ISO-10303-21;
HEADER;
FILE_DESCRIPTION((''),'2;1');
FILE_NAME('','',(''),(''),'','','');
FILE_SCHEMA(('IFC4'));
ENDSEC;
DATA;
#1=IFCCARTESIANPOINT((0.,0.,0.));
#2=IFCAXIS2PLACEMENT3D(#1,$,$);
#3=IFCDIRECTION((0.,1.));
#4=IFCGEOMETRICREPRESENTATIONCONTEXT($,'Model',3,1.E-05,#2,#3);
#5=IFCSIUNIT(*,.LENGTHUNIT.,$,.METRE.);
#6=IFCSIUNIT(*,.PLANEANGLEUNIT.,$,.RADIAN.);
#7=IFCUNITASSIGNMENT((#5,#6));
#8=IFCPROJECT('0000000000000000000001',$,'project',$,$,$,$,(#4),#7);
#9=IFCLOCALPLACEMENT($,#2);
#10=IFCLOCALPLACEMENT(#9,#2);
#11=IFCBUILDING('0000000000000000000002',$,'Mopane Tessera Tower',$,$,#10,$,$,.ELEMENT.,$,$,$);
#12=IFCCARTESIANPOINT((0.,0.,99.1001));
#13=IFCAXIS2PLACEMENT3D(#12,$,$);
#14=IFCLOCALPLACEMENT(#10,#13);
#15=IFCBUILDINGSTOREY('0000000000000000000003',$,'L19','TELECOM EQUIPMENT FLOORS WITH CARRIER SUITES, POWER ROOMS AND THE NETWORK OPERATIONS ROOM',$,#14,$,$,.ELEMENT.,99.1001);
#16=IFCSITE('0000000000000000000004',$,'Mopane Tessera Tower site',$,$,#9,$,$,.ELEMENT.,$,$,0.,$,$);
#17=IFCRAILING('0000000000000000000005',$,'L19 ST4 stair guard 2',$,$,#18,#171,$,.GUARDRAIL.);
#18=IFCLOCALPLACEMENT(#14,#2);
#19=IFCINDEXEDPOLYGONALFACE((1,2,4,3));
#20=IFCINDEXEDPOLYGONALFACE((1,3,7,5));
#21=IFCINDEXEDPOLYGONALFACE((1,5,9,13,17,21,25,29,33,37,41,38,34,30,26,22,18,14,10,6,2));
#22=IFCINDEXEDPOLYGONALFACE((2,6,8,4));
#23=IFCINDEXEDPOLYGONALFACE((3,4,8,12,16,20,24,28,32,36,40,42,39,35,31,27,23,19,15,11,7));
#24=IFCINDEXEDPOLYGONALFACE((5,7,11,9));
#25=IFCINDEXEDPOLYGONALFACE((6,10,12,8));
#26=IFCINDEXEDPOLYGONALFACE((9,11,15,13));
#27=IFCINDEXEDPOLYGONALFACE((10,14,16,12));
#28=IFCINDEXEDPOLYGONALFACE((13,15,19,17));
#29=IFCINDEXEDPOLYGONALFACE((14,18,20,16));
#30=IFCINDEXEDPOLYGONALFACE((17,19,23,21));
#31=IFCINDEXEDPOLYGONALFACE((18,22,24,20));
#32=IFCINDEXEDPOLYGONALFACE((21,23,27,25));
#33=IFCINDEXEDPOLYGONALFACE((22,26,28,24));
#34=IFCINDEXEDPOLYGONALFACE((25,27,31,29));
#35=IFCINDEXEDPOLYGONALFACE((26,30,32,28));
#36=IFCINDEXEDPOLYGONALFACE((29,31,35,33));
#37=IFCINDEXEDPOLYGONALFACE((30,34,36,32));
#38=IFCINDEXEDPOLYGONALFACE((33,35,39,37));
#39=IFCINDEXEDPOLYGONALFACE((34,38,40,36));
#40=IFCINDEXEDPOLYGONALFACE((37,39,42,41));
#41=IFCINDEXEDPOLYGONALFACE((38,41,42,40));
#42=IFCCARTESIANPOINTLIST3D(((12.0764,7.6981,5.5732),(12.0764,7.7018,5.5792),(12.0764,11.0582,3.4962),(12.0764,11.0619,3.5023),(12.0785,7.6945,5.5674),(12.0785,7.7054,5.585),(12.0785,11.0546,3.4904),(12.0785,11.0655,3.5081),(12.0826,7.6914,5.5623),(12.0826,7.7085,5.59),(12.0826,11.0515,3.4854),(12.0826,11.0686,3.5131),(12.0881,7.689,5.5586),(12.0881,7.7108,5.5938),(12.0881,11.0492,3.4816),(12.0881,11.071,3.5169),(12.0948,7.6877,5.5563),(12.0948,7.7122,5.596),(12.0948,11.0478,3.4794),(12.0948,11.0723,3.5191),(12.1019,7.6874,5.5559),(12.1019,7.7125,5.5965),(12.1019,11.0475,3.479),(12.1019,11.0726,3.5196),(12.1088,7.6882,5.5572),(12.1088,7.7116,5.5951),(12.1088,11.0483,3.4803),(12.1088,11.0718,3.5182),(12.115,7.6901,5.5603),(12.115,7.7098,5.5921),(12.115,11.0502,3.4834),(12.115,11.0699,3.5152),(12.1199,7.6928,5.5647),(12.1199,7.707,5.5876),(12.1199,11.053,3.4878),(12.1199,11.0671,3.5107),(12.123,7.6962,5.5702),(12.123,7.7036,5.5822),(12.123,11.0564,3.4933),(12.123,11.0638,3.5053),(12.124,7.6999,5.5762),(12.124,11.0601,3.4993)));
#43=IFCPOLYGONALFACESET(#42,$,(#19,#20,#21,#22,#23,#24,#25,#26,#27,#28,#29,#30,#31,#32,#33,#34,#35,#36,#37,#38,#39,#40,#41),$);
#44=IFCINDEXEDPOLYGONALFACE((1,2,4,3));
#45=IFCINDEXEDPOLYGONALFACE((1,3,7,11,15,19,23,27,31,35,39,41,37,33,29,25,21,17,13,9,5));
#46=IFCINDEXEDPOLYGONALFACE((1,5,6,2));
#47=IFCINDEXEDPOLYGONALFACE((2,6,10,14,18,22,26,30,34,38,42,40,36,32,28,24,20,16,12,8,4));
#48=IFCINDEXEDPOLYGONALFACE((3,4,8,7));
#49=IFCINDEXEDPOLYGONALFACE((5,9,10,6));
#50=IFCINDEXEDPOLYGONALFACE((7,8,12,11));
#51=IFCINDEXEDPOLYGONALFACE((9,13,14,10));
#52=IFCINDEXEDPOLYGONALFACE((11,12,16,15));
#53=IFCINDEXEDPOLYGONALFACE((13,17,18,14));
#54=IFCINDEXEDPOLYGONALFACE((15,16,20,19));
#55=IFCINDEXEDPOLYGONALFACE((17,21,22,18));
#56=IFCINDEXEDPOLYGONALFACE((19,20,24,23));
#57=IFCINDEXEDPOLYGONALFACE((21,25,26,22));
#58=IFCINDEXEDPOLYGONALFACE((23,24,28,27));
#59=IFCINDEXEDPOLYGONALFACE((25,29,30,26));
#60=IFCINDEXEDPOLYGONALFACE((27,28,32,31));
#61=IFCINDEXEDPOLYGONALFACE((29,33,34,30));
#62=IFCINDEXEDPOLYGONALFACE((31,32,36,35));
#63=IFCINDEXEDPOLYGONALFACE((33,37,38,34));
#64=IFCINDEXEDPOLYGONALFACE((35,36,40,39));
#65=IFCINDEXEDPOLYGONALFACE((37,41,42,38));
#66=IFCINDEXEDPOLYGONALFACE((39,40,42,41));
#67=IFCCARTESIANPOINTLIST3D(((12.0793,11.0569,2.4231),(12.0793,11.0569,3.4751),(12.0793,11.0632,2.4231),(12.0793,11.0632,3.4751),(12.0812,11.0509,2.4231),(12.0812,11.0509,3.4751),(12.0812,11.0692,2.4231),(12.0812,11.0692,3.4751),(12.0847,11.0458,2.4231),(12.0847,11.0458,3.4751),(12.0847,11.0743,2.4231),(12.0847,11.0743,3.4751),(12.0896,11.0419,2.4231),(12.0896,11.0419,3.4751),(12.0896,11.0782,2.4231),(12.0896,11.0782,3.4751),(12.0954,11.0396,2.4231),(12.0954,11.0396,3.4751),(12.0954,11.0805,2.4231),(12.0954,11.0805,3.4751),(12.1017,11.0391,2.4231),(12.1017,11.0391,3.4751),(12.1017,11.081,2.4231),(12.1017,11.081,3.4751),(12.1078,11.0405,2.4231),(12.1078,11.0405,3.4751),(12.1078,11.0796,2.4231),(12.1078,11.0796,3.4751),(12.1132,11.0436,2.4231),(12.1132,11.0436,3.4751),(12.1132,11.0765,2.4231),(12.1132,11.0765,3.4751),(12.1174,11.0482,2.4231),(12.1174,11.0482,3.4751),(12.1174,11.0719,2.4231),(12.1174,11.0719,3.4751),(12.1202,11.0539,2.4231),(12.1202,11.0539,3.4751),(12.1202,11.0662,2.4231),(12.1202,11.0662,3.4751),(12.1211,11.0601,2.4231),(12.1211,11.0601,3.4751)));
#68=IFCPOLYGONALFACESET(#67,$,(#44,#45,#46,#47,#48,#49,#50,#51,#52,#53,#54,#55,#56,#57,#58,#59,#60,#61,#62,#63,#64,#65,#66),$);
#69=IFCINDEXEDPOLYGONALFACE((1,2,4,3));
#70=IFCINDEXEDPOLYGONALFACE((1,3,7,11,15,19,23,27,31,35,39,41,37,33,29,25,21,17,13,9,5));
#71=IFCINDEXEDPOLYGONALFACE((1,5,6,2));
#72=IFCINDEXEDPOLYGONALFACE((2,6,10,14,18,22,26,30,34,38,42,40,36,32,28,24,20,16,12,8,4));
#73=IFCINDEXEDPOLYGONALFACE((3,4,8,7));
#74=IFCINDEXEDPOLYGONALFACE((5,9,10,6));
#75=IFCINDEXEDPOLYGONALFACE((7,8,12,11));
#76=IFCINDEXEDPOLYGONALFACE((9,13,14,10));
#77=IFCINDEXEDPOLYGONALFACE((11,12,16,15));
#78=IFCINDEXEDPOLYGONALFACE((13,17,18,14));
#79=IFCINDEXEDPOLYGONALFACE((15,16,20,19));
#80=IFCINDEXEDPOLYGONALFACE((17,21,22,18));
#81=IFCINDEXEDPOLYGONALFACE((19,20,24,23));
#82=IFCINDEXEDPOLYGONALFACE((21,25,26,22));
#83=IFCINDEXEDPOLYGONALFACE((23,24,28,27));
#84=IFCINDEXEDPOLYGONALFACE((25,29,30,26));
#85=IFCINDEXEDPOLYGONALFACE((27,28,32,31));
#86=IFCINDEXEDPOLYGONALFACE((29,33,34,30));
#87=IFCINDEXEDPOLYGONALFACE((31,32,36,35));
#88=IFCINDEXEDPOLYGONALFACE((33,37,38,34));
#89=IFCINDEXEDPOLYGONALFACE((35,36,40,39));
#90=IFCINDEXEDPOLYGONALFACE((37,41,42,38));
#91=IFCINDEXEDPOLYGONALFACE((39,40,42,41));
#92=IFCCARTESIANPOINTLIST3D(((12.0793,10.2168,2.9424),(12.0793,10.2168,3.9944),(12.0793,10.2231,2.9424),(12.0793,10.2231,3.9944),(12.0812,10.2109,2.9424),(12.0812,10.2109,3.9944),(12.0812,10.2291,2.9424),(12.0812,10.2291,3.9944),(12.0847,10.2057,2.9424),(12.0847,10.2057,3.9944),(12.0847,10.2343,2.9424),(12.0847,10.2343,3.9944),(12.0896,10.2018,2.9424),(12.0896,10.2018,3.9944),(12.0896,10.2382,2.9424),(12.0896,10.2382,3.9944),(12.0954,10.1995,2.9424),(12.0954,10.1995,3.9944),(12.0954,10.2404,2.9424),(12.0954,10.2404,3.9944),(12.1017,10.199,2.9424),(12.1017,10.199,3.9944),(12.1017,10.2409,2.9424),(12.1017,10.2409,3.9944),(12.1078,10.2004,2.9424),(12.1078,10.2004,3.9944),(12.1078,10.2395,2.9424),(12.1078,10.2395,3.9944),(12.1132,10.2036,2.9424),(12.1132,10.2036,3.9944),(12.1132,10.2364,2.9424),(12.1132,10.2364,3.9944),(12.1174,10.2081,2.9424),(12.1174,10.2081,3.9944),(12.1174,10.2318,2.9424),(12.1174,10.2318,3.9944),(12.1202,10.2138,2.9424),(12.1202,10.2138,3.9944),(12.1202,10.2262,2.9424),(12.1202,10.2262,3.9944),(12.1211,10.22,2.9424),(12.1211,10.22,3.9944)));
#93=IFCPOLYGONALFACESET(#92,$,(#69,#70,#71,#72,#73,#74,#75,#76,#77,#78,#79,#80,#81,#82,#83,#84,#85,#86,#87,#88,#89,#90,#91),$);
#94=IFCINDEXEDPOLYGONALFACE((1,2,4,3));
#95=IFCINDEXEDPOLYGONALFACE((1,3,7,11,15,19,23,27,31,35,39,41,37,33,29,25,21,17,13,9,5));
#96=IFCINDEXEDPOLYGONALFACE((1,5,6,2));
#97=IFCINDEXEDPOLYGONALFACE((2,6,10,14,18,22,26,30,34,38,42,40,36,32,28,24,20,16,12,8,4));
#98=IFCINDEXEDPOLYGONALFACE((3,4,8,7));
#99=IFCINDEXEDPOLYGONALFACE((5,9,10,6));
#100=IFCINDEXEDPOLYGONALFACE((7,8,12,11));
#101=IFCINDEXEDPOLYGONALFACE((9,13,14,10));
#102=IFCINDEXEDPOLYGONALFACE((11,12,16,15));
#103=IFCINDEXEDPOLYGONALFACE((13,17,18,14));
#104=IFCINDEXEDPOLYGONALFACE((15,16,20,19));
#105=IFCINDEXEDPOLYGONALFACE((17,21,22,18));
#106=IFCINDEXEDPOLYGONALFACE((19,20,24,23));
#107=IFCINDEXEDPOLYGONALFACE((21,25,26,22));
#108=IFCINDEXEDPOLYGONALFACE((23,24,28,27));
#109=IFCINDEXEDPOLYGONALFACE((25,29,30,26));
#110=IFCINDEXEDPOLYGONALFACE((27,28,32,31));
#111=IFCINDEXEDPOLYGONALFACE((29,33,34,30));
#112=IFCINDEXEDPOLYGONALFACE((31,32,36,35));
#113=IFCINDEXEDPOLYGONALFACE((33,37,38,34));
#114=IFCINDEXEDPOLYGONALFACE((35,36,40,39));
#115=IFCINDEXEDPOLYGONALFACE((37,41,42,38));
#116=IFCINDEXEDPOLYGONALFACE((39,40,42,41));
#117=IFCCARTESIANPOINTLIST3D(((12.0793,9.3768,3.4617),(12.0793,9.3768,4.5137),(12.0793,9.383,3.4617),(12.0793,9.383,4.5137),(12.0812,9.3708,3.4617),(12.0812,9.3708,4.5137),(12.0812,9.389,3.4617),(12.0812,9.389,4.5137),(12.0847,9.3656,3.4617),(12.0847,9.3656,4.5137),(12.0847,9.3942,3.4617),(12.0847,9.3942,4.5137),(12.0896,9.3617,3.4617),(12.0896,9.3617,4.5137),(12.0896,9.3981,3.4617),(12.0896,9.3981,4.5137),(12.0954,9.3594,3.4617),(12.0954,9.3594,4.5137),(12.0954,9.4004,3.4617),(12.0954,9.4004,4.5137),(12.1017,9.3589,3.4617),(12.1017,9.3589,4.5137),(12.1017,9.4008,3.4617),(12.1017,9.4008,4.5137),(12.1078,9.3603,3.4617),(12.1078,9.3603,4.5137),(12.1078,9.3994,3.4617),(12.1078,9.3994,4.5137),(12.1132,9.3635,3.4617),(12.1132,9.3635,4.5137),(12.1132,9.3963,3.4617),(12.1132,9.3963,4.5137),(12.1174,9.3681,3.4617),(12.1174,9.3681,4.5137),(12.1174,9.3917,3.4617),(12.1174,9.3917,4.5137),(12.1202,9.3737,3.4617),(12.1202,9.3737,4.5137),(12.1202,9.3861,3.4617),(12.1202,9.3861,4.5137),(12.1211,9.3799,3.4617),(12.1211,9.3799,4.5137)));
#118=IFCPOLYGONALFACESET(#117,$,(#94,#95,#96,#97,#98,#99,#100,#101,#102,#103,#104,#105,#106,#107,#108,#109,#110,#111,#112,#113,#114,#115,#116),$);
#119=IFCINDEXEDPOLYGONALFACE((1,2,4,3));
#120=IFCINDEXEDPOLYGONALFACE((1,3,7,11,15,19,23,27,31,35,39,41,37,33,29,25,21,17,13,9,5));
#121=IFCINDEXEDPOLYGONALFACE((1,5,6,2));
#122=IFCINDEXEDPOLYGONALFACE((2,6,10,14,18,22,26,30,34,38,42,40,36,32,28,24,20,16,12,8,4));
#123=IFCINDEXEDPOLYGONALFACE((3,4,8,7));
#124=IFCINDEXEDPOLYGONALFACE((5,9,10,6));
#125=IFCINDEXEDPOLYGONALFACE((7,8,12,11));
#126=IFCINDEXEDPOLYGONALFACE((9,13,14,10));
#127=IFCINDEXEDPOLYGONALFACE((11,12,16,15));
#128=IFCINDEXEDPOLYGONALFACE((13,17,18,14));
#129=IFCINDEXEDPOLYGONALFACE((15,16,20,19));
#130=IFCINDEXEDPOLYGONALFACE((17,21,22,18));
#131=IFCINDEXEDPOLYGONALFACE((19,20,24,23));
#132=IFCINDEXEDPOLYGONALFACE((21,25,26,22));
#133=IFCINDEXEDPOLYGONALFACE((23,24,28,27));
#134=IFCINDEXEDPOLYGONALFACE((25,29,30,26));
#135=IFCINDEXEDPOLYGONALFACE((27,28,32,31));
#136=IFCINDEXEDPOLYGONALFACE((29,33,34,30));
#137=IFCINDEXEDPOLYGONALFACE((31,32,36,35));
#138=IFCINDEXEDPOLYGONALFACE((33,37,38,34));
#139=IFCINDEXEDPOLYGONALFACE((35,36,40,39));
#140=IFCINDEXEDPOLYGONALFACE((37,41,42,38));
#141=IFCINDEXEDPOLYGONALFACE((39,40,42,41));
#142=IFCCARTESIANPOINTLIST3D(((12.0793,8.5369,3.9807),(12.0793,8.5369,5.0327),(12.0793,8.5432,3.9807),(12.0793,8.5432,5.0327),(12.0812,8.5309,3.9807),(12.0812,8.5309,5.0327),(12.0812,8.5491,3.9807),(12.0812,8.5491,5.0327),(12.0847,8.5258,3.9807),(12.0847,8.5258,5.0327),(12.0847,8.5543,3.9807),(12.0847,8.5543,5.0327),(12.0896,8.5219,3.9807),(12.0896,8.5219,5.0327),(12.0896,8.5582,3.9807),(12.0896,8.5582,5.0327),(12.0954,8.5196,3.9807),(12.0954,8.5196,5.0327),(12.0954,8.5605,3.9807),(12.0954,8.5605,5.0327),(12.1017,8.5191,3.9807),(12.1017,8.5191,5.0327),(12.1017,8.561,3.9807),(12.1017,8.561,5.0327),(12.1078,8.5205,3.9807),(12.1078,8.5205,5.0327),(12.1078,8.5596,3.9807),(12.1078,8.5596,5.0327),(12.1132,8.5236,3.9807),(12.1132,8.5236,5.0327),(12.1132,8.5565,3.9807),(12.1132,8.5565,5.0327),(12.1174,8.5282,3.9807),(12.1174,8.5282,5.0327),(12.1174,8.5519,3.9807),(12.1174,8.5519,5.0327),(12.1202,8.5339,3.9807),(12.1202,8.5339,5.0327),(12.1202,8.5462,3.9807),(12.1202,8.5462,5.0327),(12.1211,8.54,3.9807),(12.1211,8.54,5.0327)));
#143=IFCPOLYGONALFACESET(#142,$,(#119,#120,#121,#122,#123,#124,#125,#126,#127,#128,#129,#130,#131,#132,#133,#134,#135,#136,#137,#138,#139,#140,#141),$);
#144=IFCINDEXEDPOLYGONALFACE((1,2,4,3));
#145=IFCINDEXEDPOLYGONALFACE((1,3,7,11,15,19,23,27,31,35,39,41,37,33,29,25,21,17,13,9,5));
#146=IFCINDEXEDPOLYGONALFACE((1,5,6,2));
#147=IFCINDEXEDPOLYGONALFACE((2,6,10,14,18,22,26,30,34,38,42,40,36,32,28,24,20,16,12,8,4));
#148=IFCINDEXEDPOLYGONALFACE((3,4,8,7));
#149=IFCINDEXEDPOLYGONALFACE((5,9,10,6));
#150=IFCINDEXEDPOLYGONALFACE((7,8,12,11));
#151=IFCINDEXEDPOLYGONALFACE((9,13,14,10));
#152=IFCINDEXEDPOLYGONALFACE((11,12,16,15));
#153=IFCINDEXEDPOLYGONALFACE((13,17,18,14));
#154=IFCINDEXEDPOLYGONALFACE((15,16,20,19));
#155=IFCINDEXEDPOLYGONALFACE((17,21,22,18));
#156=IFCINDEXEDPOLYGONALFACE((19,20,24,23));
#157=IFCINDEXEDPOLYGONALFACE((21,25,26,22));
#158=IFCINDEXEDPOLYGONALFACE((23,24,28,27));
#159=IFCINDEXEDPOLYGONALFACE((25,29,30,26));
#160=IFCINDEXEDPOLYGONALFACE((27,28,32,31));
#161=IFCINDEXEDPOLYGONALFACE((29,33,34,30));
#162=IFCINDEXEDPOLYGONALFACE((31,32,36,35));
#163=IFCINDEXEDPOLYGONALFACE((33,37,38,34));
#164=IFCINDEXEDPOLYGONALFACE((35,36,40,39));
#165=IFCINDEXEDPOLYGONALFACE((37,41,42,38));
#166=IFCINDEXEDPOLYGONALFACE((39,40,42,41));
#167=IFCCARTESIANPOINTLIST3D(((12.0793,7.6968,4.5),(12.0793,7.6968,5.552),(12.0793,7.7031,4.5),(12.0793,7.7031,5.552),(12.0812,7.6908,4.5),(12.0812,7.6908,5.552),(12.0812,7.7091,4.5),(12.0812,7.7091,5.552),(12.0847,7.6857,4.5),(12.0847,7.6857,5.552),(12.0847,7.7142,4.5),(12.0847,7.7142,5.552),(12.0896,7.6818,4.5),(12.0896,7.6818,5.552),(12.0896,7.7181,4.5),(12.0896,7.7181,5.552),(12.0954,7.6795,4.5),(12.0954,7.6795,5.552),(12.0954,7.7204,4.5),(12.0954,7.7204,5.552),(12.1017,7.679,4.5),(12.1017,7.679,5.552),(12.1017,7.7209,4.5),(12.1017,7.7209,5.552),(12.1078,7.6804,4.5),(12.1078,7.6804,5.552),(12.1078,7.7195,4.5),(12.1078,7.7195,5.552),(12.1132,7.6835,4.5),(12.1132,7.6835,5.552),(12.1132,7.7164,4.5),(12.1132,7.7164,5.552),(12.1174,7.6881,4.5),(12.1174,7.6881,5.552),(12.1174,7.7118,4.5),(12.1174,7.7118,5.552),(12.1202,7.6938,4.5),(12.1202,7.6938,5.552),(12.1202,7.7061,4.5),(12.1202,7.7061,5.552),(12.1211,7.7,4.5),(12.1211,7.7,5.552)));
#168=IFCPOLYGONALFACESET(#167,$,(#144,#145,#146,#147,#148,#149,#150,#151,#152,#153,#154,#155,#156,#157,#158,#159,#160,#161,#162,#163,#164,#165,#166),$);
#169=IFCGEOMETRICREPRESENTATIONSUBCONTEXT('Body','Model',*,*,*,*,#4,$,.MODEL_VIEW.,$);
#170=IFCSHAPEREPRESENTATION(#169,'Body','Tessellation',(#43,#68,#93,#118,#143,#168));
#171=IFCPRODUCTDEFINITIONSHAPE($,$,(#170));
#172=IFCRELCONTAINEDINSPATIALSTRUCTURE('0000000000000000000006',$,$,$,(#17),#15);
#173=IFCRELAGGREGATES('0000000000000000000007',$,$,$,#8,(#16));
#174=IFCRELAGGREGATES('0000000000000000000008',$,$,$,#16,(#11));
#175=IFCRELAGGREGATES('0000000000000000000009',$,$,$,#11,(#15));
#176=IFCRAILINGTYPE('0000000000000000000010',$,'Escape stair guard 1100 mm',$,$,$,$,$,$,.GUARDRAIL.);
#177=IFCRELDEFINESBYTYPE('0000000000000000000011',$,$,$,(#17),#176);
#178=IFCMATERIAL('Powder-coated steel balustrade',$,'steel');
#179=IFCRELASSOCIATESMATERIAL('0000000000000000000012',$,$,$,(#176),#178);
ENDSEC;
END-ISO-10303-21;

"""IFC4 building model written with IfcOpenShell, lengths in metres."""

from ifc_helpers import new_model, si_unit, direction, frame, origin, origin_2d, place, context, subcontext, project, spatial, circle, extrude, material, type_object, element, save


model = new_model("IFC4")

# Units and contexts
model_context = context("Model", 3, precision=1e-05, world=origin(), true_north=direction((0.0, 1.0)))
body_context = subcontext(model_context, "Body", "Model", "MODEL_VIEW")
ifc_project = project(units=[si_unit("LENGTHUNIT", "METRE"), si_unit("PLANEANGLEUNIT", "RADIAN")], contexts=[model_context])

# Site, building, storey
site_placement = place(None, origin())
site = spatial("IfcSite", under=ifc_project, at=site_placement, Name="Mopane Tessera Tower site", CompositionType="ELEMENT", RefElevation=0.0)
building_placement = place(site_placement, origin())
building = spatial("IfcBuilding", under=site, at=building_placement, Name="Mopane Tessera Tower", CompositionType="ELEMENT")
storey_placement = place(building_placement, frame((0.0, 0.0, 99.1001)))
storey = spatial("IfcBuildingStorey", under=building, at=storey_placement, Name="L19", Description="TELECOM EQUIPMENT FLOORS WITH CARRIER SUITES, POWER ROOMS AND THE NETWORK OPERATIONS ROOM", CompositionType="ELEMENT", Elevation=99.1001)

# Railing
ifc_material_1 = material(Name="Powder-coated steel balustrade", Category="steel")
railing_type_1 = type_object("IfcRailingType", Name="Escape stair guard 1100 mm", PredefinedType="GUARDRAIL", material=ifc_material_1)
railing_1_placement = place(storey_placement, frame((12.1001, 11.0601, 2.4231)))
element("IfcRailing", 1, at=railing_1_placement, inside=storey, type_object=railing_type_1, Name="L19 ST4 stair guard 2", PredefinedType="GUARDRAIL", context=body_context, shape_type="SweptSolid", body=[
    extrude(circle(Radius=0.0239, at=origin_2d()), frame((0.0, 0.0, 1.0762), z_axis=(0.0, -0.850623, 0.525776), x_axis=(1.0, 0.0, 0.0)), (0.0, 0.0, 1.0), 3.9502),
    extrude(circle(Radius=0.021, at=origin_2d()), origin(), (0.0, 0.0, 1.0), 1.052),
    extrude(circle(Radius=0.021, at=origin_2d()), frame((0.0, -0.8401, 0.5193)), (0.0, 0.0, 1.0), 1.052),
    extrude(circle(Radius=0.021, at=origin_2d()), frame((0.0, -1.6802, 1.0386)), (0.0, 0.0, 1.0), 1.052),
    extrude(circle(Radius=0.021, at=origin_2d()), frame((0.0, -2.52, 1.5576)), (0.0, 0.0, 1.0), 1.052),
    extrude(circle(Radius=0.021, at=origin_2d()), frame((0.0, -3.3601, 2.0769)), (0.0, 0.0, 1.0), 1.052),
])

save(model, "model.ifc")
